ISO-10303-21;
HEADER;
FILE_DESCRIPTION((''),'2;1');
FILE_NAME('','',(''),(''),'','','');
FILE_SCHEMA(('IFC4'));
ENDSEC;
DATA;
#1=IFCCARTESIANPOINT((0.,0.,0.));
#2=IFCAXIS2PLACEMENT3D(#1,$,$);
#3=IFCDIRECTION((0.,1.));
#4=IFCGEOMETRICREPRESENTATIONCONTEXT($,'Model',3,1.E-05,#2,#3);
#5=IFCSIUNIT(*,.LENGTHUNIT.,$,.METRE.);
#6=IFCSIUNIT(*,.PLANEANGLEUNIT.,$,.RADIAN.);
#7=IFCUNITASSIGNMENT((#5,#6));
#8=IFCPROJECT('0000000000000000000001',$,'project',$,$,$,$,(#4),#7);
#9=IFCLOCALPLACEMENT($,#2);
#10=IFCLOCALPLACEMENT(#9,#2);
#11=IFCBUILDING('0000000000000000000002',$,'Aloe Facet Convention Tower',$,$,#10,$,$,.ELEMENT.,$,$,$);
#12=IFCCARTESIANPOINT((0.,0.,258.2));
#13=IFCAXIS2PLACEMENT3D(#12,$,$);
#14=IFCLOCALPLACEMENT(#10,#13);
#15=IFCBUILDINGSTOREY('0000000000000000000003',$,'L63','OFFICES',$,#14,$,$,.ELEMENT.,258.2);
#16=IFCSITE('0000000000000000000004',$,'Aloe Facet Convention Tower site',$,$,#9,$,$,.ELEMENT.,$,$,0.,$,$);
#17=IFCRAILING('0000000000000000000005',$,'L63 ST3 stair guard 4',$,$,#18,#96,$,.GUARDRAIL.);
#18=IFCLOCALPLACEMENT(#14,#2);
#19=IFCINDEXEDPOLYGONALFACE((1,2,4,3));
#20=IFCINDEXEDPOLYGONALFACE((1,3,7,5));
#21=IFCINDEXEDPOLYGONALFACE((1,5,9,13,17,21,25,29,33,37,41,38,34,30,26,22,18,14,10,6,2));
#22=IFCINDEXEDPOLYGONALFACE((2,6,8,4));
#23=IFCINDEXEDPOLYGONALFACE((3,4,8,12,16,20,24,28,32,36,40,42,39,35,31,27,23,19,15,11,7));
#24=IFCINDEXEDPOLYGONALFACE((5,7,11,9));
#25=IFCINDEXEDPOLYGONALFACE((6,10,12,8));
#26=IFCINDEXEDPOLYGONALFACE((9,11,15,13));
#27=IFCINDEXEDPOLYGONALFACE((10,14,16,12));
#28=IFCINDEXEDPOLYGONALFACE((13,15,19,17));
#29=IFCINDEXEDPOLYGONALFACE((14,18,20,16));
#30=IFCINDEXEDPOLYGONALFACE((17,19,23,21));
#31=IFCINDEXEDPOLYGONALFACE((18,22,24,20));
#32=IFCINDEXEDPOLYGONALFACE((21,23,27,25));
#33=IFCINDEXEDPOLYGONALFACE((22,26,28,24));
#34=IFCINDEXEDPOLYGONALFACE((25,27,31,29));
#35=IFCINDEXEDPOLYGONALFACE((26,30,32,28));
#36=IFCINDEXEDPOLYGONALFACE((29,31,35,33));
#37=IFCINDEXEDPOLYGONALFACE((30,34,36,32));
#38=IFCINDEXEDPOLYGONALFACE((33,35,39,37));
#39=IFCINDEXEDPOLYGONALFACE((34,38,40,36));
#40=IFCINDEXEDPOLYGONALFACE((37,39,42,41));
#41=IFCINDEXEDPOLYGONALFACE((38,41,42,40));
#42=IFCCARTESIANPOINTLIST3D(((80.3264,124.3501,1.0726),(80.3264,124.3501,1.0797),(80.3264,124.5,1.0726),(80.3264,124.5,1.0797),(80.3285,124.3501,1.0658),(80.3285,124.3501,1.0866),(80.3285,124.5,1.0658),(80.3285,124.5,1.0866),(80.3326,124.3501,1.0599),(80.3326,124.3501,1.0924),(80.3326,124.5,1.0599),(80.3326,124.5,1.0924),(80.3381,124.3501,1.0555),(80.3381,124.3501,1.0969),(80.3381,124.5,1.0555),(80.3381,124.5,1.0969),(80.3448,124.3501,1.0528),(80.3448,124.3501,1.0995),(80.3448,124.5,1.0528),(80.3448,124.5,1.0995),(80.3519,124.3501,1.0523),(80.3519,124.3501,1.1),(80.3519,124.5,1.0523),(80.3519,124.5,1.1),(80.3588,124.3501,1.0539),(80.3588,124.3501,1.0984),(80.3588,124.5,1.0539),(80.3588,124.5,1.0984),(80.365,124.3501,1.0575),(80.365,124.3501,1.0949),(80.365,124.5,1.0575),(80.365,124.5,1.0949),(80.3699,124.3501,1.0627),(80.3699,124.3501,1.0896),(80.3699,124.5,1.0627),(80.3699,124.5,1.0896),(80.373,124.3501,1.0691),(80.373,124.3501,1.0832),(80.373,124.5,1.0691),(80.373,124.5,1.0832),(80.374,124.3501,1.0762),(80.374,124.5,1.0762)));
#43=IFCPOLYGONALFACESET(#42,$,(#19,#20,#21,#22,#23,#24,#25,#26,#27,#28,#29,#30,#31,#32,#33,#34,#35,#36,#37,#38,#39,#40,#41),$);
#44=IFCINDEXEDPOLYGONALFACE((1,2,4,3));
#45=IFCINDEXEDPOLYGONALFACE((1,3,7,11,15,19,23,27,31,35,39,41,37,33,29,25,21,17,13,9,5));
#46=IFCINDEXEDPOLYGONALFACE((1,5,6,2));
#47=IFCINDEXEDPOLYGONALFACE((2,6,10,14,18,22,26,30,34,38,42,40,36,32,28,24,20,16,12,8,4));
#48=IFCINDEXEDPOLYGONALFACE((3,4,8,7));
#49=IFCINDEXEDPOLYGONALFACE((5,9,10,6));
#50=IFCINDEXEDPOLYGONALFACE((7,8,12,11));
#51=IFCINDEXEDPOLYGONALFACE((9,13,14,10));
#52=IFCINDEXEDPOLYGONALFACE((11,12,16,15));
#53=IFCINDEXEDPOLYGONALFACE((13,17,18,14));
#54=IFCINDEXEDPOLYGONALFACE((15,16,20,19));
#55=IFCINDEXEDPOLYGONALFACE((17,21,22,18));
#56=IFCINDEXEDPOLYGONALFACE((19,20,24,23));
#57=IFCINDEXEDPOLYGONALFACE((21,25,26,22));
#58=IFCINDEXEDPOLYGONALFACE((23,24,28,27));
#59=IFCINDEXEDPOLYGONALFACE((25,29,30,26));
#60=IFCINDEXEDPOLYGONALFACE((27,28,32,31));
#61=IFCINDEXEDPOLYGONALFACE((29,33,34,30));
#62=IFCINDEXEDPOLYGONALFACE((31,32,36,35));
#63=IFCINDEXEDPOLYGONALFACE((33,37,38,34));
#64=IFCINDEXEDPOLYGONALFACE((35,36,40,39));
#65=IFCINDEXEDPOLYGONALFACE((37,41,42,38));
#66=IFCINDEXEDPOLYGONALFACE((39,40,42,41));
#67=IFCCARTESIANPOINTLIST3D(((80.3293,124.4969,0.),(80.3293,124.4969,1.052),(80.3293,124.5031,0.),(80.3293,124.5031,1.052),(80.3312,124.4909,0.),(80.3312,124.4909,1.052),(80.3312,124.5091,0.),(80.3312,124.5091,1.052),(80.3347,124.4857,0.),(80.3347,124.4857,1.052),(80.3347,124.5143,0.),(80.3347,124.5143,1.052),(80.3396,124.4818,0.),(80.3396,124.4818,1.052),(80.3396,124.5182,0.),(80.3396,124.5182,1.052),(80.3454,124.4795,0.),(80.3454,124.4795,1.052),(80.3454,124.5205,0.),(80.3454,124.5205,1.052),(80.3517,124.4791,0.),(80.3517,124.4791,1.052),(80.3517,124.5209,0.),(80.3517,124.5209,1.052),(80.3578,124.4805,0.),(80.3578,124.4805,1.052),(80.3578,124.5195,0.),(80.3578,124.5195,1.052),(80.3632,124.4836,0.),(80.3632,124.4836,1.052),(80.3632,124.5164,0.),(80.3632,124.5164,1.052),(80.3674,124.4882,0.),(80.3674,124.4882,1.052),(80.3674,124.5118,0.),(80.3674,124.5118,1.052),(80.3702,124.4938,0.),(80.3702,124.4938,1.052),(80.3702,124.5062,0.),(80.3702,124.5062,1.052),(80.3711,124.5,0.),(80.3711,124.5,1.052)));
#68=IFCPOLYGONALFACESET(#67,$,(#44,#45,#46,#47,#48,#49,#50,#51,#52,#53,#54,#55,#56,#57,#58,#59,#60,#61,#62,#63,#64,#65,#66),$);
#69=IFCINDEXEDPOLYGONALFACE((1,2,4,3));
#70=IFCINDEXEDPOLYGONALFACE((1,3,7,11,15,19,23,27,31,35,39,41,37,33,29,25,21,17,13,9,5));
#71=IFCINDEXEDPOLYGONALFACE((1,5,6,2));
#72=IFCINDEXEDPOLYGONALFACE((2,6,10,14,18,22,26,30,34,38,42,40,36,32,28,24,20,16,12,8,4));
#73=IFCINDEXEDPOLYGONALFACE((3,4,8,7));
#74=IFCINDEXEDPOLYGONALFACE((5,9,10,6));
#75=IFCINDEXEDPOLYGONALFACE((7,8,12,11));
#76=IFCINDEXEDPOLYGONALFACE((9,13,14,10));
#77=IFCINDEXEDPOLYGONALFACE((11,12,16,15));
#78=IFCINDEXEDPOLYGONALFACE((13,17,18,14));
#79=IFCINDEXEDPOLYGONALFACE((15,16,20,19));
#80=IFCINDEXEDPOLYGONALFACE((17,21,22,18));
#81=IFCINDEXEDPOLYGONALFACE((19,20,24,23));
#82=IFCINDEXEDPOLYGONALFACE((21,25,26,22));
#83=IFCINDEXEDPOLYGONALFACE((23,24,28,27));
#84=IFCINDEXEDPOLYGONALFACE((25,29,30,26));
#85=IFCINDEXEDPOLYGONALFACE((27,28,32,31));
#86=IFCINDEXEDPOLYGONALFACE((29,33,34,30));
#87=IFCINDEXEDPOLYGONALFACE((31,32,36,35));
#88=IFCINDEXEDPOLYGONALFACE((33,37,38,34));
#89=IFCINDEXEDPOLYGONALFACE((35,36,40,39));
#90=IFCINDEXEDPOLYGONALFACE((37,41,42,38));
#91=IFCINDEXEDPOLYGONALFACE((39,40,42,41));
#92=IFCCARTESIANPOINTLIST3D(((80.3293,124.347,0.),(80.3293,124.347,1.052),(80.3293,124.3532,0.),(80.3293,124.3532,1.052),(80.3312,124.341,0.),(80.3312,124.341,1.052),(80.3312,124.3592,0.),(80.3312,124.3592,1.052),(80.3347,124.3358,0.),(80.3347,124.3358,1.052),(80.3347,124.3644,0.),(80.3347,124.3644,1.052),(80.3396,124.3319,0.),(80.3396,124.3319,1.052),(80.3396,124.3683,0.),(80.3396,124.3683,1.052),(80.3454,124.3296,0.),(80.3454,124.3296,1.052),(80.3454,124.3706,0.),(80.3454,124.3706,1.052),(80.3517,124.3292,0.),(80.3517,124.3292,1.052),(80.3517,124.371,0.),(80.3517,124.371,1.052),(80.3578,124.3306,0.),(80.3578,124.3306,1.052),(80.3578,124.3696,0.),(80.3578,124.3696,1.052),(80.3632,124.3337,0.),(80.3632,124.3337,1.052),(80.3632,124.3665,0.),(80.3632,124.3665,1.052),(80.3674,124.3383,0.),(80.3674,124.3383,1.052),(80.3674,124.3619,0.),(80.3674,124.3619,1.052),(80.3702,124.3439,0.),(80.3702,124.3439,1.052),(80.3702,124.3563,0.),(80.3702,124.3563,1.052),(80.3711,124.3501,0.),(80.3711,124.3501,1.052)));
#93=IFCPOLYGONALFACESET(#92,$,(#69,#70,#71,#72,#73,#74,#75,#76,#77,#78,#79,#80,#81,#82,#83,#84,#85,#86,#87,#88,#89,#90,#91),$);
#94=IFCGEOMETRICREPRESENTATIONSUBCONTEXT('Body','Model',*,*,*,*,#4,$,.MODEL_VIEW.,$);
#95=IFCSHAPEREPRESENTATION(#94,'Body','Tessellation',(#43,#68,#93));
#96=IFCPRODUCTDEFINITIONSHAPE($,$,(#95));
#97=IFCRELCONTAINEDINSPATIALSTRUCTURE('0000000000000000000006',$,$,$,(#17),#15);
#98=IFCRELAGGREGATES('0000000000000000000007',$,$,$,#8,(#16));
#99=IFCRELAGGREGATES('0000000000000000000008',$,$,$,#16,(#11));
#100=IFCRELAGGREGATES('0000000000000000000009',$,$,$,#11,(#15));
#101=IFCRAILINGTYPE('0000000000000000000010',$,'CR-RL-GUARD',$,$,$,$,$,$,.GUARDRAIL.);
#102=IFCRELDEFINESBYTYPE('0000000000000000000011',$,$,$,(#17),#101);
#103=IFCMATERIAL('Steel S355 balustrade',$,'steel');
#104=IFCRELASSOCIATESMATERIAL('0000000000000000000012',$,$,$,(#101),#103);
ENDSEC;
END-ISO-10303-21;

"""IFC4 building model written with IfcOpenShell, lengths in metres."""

from ifc_helpers import new_model, si_unit, direction, frame, origin, origin_2d, place, context, subcontext, project, spatial, circle, extrude, material, type_object, element, save


model = new_model("IFC4")

# Units and contexts
model_context = context("Model", 3, precision=1e-05, world=origin(), true_north=direction((0.0, 1.0)))
body_context = subcontext(model_context, "Body", "Model", "MODEL_VIEW")
ifc_project = project(units=[si_unit("LENGTHUNIT", "METRE"), si_unit("PLANEANGLEUNIT", "RADIAN")], contexts=[model_context])

# Site, building, storey
site_placement = place(None, origin())
site = spatial("IfcSite", under=ifc_project, at=site_placement, Name="Aloe Facet Convention Tower site", CompositionType="ELEMENT", RefElevation=0.0)
building_placement = place(site_placement, origin())
building = spatial("IfcBuilding", under=site, at=building_placement, Name="Aloe Facet Convention Tower", CompositionType="ELEMENT")
storey_placement = place(building_placement, frame((0.0, 0.0, 258.2)))
storey = spatial("IfcBuildingStorey", under=building, at=storey_placement, Name="L63", Description="OFFICES", CompositionType="ELEMENT", Elevation=258.2)

# Railing
ifc_material_1 = material(Name="Steel S355 balustrade", Category="steel")
railing_type_1 = type_object("IfcRailingType", Name="CR-RL-GUARD", PredefinedType="GUARDRAIL", material=ifc_material_1)
railing_1_placement = place(storey_placement, frame((80.3501, 124.5, 0.0)))
element("IfcRailing", 1, at=railing_1_placement, inside=storey, type_object=railing_type_1, Name="L63 ST3 stair guard 4", PredefinedType="GUARDRAIL", context=body_context, shape_type="SweptSolid", body=[
    extrude(circle(Radius=0.0239, at=origin_2d()), frame((0.0, 0.0, 1.0762), z_axis=(0.0, -1.0, 0.0), x_axis=(1.0, 0.0, 0.0)), (0.0, 0.0, 1.0), 0.1499),
    extrude(circle(Radius=0.021, at=origin_2d()), origin(), (0.0, 0.0, 1.0), 1.052),
    extrude(circle(Radius=0.021, at=origin_2d()), frame((0.0, -0.1499, 0.0)), (0.0, 0.0, 1.0), 1.052),
])

save(model, "model.ifc")
